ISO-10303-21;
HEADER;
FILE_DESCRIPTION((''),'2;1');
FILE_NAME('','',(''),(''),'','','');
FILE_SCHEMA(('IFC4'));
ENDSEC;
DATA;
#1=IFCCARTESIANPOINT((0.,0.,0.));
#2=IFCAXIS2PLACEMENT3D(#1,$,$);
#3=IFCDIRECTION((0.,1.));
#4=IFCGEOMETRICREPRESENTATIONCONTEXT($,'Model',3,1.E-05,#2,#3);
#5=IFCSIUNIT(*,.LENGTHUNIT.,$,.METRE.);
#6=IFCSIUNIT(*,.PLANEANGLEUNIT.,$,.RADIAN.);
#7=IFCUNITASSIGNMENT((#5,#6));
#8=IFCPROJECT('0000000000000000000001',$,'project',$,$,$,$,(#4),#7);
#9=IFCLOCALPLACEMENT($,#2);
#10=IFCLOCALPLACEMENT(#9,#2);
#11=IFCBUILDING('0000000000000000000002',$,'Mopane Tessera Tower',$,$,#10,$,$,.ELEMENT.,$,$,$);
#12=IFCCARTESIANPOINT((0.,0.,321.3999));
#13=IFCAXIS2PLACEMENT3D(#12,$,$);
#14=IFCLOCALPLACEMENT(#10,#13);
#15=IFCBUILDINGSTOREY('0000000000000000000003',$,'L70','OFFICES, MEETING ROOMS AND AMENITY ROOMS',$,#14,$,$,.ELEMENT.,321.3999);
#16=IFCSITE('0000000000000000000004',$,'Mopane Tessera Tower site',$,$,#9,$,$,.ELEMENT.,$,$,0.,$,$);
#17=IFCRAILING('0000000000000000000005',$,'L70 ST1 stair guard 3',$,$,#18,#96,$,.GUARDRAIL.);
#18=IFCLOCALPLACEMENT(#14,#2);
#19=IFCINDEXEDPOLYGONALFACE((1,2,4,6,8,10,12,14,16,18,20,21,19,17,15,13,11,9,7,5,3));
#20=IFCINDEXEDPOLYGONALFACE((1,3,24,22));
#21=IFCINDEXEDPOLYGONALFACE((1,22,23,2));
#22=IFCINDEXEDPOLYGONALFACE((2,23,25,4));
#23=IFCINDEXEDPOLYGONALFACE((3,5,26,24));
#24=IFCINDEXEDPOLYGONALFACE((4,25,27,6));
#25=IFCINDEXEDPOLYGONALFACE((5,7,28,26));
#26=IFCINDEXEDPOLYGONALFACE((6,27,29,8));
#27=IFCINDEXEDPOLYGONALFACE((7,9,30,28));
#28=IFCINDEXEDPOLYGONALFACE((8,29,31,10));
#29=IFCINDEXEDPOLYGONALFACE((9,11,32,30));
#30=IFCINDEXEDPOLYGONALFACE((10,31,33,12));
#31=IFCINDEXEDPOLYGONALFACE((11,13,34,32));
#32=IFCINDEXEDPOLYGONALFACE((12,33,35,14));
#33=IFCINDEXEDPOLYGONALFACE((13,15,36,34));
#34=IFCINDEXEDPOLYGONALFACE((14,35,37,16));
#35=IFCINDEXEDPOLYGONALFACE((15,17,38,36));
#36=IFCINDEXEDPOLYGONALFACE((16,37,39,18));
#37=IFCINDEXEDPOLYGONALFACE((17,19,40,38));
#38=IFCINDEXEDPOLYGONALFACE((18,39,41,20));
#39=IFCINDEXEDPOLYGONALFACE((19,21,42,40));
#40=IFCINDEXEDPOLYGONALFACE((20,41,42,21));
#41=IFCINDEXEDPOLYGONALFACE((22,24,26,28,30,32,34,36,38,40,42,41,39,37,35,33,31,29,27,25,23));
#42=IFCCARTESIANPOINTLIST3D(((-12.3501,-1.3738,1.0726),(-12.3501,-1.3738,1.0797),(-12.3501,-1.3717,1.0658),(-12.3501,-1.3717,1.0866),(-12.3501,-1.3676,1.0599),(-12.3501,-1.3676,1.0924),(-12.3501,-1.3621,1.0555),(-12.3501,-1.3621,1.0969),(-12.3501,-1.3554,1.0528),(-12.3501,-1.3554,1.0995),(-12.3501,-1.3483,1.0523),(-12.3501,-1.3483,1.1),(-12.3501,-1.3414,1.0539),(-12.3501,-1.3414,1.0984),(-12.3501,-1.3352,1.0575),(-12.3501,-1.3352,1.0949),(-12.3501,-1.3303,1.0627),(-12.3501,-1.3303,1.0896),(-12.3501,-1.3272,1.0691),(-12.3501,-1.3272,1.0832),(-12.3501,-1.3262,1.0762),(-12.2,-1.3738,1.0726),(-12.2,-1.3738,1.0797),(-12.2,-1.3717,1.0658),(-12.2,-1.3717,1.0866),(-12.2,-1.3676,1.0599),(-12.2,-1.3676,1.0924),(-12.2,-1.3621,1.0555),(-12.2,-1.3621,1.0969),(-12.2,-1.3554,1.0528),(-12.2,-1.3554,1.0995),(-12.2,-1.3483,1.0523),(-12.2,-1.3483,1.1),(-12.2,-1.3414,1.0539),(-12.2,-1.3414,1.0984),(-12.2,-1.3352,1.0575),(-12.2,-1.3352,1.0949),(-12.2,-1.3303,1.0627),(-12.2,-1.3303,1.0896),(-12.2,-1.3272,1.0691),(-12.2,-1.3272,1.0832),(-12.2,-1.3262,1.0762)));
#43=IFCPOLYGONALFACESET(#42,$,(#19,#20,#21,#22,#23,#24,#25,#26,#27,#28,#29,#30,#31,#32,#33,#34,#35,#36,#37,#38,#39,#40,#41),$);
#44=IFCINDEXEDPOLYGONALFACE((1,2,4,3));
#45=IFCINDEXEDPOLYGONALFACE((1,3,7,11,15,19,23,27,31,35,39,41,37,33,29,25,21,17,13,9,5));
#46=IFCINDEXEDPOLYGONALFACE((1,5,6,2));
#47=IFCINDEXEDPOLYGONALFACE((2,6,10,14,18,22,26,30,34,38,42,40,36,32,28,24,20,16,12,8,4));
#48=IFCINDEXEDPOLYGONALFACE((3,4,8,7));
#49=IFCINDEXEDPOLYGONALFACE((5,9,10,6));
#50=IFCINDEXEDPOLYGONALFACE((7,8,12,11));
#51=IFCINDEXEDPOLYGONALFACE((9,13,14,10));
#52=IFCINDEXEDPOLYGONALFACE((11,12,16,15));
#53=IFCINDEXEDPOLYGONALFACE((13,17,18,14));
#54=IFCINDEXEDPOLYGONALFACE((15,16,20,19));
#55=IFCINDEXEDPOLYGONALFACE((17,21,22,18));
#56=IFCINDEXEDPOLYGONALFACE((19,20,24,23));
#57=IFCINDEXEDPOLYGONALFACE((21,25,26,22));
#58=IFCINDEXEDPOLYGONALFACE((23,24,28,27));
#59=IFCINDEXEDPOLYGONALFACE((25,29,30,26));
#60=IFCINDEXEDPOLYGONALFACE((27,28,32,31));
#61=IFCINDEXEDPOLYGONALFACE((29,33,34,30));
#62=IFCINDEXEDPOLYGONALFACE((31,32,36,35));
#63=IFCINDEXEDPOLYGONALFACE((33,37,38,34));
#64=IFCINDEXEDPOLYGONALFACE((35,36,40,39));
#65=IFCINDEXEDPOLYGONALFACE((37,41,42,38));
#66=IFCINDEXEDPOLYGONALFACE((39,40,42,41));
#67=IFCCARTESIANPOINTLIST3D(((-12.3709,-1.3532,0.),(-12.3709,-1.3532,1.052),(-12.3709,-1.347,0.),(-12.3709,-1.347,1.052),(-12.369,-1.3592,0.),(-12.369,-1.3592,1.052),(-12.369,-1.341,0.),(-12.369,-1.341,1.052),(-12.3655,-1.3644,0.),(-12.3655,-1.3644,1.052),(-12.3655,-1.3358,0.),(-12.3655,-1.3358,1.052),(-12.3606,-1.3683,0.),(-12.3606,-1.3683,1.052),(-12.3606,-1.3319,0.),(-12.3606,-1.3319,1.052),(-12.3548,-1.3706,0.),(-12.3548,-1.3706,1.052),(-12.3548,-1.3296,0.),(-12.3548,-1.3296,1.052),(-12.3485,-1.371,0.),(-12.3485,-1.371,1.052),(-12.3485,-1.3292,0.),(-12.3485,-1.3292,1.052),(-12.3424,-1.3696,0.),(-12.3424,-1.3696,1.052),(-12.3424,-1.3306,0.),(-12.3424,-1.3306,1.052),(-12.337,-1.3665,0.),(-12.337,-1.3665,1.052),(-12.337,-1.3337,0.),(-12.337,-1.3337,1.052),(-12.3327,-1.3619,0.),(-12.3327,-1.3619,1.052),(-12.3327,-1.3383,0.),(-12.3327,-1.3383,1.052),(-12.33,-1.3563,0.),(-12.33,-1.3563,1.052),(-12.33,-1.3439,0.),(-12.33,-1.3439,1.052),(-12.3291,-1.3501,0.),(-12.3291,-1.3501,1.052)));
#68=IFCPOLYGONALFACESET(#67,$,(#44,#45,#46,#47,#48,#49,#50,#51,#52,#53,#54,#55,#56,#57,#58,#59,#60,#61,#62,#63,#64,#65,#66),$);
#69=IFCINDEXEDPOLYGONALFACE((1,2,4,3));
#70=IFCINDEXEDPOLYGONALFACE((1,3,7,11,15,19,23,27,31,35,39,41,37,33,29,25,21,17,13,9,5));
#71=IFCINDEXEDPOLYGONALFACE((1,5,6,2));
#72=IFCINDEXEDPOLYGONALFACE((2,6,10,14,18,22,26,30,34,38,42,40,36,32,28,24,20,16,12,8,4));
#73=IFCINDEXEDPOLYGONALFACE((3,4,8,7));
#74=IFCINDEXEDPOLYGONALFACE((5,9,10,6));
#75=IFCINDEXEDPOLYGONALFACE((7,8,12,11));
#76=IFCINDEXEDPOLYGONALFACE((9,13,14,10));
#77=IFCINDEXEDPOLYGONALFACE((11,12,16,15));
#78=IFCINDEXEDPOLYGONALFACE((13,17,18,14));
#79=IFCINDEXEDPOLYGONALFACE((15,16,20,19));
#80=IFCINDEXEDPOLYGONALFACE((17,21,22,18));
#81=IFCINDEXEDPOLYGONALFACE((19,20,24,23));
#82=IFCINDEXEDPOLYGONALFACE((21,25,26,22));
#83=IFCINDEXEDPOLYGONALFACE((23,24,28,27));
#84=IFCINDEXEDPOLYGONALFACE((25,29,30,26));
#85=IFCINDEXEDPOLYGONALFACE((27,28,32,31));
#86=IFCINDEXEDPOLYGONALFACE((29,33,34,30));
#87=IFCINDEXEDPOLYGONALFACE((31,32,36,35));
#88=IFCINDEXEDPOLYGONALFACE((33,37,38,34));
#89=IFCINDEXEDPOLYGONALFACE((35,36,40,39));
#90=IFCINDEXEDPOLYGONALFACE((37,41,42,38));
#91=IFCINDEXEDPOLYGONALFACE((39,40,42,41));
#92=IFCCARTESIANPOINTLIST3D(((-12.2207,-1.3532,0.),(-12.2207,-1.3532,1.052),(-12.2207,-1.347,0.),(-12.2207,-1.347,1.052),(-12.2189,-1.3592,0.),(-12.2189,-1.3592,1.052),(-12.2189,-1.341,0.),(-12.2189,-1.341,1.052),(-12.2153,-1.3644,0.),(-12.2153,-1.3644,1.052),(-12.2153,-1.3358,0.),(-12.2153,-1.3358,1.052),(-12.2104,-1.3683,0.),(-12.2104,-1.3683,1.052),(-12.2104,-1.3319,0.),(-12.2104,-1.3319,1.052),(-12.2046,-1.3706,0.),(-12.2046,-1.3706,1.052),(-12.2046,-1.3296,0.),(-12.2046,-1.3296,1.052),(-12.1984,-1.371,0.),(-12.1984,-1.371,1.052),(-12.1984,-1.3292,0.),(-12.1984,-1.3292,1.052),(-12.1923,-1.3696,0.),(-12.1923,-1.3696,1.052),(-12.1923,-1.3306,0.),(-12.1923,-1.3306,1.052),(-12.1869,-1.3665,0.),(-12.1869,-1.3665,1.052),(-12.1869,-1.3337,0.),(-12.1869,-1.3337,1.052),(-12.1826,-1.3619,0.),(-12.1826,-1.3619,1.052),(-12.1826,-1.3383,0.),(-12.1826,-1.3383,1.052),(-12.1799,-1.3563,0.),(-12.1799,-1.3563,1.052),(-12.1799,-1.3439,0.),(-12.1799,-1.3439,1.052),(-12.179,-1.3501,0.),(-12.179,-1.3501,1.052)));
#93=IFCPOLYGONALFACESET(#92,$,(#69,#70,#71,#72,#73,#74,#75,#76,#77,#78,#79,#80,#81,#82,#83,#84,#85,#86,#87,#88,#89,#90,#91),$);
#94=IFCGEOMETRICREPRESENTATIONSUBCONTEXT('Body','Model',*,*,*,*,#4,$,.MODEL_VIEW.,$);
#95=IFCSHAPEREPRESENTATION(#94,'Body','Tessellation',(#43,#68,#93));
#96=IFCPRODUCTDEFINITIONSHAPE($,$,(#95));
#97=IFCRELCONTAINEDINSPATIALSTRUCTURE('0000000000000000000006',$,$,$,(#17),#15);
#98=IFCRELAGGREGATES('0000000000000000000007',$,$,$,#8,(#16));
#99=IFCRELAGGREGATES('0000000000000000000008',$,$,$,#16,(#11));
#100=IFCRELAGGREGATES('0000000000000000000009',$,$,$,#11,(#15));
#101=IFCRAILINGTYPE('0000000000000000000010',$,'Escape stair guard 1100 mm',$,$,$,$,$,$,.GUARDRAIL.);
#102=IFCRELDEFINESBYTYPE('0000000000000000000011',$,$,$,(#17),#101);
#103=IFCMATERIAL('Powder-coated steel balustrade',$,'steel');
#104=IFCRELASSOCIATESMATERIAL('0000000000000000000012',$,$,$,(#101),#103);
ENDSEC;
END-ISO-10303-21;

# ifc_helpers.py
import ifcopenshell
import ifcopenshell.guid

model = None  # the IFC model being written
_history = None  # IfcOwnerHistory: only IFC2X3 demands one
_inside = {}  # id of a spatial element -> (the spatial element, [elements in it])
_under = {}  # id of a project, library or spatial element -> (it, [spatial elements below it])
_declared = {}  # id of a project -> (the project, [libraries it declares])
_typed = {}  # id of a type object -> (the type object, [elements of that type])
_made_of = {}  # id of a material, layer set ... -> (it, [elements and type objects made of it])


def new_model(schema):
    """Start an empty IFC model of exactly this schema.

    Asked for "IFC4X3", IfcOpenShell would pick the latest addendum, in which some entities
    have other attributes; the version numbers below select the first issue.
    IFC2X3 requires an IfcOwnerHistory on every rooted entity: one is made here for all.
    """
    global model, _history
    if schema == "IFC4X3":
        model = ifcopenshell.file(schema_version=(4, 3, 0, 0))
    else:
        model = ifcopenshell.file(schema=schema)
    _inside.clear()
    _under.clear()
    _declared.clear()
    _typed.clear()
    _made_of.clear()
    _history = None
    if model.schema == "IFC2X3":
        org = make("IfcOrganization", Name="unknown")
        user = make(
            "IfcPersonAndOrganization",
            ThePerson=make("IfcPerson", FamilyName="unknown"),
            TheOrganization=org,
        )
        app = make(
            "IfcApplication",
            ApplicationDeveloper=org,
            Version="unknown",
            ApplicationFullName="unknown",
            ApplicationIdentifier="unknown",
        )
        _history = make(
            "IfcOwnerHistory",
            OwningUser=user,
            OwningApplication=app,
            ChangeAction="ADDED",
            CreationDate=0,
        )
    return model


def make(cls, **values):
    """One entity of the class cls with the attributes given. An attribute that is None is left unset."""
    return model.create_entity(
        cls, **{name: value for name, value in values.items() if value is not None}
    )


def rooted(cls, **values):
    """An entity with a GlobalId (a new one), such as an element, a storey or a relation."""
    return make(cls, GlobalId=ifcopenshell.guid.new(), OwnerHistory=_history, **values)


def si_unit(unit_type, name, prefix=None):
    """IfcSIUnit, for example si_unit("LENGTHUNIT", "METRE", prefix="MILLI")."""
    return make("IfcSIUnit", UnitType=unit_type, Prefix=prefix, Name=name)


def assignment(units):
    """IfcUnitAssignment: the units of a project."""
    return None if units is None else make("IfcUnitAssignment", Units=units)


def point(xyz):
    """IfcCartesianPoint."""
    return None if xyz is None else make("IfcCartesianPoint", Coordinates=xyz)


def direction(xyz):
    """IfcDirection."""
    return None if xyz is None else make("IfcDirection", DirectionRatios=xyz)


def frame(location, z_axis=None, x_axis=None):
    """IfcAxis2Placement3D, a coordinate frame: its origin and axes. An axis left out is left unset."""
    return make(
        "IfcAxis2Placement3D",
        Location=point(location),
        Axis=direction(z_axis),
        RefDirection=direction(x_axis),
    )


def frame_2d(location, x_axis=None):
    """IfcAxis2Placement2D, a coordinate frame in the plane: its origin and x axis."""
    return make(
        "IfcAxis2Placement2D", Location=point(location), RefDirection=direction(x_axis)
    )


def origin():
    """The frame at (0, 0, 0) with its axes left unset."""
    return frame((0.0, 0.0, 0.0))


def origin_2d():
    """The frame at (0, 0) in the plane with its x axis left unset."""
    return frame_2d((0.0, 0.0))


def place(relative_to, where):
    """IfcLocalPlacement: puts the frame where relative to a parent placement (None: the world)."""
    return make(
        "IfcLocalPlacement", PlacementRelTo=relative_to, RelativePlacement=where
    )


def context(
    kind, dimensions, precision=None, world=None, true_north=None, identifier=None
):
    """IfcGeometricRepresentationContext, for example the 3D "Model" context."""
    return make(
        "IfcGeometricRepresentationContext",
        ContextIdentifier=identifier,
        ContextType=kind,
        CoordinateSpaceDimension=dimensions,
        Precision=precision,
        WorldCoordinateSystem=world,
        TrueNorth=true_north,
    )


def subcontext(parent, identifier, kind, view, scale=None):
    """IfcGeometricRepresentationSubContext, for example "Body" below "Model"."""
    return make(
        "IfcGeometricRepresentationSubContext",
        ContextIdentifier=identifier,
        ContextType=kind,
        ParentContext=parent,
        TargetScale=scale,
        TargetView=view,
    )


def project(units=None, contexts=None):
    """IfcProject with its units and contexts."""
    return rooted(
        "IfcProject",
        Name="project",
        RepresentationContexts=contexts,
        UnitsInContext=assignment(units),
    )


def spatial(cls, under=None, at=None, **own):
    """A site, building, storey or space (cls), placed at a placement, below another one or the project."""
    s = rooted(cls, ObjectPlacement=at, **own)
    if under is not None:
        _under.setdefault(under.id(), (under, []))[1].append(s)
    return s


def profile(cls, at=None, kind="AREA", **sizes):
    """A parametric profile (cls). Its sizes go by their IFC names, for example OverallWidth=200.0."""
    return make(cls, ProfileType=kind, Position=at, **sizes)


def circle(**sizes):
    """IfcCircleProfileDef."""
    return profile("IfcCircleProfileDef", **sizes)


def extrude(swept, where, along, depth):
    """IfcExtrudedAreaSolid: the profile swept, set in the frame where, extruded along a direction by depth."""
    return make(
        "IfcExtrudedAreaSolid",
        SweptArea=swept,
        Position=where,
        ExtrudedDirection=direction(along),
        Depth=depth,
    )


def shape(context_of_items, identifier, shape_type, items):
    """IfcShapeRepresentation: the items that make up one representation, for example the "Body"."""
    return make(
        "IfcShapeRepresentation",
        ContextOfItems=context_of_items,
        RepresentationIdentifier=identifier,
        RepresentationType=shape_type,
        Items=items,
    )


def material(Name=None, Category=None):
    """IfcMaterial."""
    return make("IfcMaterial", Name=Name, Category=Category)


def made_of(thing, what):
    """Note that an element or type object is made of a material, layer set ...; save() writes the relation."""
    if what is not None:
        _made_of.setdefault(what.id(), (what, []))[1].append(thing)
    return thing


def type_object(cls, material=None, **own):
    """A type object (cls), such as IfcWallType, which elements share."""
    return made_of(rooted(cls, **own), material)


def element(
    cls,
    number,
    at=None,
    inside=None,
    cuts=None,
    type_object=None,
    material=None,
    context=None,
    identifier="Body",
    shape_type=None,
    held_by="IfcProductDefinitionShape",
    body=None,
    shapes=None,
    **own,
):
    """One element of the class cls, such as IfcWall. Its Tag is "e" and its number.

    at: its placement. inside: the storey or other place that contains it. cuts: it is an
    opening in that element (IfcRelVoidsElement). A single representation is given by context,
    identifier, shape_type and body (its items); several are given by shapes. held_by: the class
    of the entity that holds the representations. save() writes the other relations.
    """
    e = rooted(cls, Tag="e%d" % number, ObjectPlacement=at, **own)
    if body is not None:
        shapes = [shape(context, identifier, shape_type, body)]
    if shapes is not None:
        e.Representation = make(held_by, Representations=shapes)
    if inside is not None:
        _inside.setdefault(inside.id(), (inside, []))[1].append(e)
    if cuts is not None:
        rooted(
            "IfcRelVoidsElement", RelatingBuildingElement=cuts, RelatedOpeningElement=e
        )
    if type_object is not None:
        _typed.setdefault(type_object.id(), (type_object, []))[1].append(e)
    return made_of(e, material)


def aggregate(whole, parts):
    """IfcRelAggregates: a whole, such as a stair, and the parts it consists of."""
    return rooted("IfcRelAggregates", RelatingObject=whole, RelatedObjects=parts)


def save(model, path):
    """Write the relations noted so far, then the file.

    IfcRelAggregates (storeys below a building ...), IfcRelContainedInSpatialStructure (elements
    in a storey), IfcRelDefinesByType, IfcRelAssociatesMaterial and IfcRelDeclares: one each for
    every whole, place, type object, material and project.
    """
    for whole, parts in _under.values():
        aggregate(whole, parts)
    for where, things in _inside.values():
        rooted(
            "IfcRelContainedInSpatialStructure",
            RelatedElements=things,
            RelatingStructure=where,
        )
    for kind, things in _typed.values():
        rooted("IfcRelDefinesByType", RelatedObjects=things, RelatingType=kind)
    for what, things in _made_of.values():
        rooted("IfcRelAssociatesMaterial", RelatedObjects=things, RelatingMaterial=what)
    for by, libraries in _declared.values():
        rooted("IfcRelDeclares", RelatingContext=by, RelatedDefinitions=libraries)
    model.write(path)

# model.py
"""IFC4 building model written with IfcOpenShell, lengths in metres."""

from ifc_helpers import new_model, si_unit, direction, frame, origin, origin_2d, place, context, subcontext, project, spatial, circle, extrude, material, type_object, element, save


model = new_model("IFC4")

# Units and contexts
model_context = context("Model", 3, precision=1e-05, world=origin(), true_north=direction((0.0, 1.0)))
body_context = subcontext(model_context, "Body", "Model", "MODEL_VIEW")
ifc_project = project(units=[si_unit("LENGTHUNIT", "METRE"), si_unit("PLANEANGLEUNIT", "RADIAN")], contexts=[model_context])

# Site, building, storey
site_placement = place(None, origin())
site = spatial("IfcSite", under=ifc_project, at=site_placement, Name="Mopane Tessera Tower site", CompositionType="ELEMENT", RefElevation=0.0)
building_placement = place(site_placement, origin())
building = spatial("IfcBuilding", under=site, at=building_placement, Name="Mopane Tessera Tower", CompositionType="ELEMENT")
storey_placement = place(building_placement, frame((0.0, 0.0, 321.3999)))
storey = spatial("IfcBuildingStorey", under=building, at=storey_placement, Name="L70", Description="OFFICES, MEETING ROOMS AND AMENITY ROOMS", CompositionType="ELEMENT", Elevation=321.3999)

# Railing
ifc_material_1 = material(Name="Powder-coated steel balustrade", Category="steel")
railing_type_1 = type_object("IfcRailingType", Name="Escape stair guard 1100 mm", PredefinedType="GUARDRAIL", material=ifc_material_1)
railing_1_placement = place(storey_placement, frame((-12.3501, -1.3501, 0.0)))
element("IfcRailing", 1, at=railing_1_placement, inside=storey, type_object=railing_type_1, Name="L70 ST1 stair guard 3", PredefinedType="GUARDRAIL", context=body_context, shape_type="SweptSolid", body=[
    extrude(circle(Radius=0.0239, at=origin_2d()), frame((0.0, 0.0, 1.0762), z_axis=(1.0, 0.0, 0.0), x_axis=(0.0, 1.0, 0.0)), (0.0, 0.0, 1.0), 0.1501),
    extrude(circle(Radius=0.021, at=origin_2d()), origin(), (0.0, 0.0, 1.0), 1.052),
    extrude(circle(Radius=0.021, at=origin_2d()), frame((0.1501, 0.0, 0.0)), (0.0, 0.0, 1.0), 1.052),
])

save(model, "model.ifc")
